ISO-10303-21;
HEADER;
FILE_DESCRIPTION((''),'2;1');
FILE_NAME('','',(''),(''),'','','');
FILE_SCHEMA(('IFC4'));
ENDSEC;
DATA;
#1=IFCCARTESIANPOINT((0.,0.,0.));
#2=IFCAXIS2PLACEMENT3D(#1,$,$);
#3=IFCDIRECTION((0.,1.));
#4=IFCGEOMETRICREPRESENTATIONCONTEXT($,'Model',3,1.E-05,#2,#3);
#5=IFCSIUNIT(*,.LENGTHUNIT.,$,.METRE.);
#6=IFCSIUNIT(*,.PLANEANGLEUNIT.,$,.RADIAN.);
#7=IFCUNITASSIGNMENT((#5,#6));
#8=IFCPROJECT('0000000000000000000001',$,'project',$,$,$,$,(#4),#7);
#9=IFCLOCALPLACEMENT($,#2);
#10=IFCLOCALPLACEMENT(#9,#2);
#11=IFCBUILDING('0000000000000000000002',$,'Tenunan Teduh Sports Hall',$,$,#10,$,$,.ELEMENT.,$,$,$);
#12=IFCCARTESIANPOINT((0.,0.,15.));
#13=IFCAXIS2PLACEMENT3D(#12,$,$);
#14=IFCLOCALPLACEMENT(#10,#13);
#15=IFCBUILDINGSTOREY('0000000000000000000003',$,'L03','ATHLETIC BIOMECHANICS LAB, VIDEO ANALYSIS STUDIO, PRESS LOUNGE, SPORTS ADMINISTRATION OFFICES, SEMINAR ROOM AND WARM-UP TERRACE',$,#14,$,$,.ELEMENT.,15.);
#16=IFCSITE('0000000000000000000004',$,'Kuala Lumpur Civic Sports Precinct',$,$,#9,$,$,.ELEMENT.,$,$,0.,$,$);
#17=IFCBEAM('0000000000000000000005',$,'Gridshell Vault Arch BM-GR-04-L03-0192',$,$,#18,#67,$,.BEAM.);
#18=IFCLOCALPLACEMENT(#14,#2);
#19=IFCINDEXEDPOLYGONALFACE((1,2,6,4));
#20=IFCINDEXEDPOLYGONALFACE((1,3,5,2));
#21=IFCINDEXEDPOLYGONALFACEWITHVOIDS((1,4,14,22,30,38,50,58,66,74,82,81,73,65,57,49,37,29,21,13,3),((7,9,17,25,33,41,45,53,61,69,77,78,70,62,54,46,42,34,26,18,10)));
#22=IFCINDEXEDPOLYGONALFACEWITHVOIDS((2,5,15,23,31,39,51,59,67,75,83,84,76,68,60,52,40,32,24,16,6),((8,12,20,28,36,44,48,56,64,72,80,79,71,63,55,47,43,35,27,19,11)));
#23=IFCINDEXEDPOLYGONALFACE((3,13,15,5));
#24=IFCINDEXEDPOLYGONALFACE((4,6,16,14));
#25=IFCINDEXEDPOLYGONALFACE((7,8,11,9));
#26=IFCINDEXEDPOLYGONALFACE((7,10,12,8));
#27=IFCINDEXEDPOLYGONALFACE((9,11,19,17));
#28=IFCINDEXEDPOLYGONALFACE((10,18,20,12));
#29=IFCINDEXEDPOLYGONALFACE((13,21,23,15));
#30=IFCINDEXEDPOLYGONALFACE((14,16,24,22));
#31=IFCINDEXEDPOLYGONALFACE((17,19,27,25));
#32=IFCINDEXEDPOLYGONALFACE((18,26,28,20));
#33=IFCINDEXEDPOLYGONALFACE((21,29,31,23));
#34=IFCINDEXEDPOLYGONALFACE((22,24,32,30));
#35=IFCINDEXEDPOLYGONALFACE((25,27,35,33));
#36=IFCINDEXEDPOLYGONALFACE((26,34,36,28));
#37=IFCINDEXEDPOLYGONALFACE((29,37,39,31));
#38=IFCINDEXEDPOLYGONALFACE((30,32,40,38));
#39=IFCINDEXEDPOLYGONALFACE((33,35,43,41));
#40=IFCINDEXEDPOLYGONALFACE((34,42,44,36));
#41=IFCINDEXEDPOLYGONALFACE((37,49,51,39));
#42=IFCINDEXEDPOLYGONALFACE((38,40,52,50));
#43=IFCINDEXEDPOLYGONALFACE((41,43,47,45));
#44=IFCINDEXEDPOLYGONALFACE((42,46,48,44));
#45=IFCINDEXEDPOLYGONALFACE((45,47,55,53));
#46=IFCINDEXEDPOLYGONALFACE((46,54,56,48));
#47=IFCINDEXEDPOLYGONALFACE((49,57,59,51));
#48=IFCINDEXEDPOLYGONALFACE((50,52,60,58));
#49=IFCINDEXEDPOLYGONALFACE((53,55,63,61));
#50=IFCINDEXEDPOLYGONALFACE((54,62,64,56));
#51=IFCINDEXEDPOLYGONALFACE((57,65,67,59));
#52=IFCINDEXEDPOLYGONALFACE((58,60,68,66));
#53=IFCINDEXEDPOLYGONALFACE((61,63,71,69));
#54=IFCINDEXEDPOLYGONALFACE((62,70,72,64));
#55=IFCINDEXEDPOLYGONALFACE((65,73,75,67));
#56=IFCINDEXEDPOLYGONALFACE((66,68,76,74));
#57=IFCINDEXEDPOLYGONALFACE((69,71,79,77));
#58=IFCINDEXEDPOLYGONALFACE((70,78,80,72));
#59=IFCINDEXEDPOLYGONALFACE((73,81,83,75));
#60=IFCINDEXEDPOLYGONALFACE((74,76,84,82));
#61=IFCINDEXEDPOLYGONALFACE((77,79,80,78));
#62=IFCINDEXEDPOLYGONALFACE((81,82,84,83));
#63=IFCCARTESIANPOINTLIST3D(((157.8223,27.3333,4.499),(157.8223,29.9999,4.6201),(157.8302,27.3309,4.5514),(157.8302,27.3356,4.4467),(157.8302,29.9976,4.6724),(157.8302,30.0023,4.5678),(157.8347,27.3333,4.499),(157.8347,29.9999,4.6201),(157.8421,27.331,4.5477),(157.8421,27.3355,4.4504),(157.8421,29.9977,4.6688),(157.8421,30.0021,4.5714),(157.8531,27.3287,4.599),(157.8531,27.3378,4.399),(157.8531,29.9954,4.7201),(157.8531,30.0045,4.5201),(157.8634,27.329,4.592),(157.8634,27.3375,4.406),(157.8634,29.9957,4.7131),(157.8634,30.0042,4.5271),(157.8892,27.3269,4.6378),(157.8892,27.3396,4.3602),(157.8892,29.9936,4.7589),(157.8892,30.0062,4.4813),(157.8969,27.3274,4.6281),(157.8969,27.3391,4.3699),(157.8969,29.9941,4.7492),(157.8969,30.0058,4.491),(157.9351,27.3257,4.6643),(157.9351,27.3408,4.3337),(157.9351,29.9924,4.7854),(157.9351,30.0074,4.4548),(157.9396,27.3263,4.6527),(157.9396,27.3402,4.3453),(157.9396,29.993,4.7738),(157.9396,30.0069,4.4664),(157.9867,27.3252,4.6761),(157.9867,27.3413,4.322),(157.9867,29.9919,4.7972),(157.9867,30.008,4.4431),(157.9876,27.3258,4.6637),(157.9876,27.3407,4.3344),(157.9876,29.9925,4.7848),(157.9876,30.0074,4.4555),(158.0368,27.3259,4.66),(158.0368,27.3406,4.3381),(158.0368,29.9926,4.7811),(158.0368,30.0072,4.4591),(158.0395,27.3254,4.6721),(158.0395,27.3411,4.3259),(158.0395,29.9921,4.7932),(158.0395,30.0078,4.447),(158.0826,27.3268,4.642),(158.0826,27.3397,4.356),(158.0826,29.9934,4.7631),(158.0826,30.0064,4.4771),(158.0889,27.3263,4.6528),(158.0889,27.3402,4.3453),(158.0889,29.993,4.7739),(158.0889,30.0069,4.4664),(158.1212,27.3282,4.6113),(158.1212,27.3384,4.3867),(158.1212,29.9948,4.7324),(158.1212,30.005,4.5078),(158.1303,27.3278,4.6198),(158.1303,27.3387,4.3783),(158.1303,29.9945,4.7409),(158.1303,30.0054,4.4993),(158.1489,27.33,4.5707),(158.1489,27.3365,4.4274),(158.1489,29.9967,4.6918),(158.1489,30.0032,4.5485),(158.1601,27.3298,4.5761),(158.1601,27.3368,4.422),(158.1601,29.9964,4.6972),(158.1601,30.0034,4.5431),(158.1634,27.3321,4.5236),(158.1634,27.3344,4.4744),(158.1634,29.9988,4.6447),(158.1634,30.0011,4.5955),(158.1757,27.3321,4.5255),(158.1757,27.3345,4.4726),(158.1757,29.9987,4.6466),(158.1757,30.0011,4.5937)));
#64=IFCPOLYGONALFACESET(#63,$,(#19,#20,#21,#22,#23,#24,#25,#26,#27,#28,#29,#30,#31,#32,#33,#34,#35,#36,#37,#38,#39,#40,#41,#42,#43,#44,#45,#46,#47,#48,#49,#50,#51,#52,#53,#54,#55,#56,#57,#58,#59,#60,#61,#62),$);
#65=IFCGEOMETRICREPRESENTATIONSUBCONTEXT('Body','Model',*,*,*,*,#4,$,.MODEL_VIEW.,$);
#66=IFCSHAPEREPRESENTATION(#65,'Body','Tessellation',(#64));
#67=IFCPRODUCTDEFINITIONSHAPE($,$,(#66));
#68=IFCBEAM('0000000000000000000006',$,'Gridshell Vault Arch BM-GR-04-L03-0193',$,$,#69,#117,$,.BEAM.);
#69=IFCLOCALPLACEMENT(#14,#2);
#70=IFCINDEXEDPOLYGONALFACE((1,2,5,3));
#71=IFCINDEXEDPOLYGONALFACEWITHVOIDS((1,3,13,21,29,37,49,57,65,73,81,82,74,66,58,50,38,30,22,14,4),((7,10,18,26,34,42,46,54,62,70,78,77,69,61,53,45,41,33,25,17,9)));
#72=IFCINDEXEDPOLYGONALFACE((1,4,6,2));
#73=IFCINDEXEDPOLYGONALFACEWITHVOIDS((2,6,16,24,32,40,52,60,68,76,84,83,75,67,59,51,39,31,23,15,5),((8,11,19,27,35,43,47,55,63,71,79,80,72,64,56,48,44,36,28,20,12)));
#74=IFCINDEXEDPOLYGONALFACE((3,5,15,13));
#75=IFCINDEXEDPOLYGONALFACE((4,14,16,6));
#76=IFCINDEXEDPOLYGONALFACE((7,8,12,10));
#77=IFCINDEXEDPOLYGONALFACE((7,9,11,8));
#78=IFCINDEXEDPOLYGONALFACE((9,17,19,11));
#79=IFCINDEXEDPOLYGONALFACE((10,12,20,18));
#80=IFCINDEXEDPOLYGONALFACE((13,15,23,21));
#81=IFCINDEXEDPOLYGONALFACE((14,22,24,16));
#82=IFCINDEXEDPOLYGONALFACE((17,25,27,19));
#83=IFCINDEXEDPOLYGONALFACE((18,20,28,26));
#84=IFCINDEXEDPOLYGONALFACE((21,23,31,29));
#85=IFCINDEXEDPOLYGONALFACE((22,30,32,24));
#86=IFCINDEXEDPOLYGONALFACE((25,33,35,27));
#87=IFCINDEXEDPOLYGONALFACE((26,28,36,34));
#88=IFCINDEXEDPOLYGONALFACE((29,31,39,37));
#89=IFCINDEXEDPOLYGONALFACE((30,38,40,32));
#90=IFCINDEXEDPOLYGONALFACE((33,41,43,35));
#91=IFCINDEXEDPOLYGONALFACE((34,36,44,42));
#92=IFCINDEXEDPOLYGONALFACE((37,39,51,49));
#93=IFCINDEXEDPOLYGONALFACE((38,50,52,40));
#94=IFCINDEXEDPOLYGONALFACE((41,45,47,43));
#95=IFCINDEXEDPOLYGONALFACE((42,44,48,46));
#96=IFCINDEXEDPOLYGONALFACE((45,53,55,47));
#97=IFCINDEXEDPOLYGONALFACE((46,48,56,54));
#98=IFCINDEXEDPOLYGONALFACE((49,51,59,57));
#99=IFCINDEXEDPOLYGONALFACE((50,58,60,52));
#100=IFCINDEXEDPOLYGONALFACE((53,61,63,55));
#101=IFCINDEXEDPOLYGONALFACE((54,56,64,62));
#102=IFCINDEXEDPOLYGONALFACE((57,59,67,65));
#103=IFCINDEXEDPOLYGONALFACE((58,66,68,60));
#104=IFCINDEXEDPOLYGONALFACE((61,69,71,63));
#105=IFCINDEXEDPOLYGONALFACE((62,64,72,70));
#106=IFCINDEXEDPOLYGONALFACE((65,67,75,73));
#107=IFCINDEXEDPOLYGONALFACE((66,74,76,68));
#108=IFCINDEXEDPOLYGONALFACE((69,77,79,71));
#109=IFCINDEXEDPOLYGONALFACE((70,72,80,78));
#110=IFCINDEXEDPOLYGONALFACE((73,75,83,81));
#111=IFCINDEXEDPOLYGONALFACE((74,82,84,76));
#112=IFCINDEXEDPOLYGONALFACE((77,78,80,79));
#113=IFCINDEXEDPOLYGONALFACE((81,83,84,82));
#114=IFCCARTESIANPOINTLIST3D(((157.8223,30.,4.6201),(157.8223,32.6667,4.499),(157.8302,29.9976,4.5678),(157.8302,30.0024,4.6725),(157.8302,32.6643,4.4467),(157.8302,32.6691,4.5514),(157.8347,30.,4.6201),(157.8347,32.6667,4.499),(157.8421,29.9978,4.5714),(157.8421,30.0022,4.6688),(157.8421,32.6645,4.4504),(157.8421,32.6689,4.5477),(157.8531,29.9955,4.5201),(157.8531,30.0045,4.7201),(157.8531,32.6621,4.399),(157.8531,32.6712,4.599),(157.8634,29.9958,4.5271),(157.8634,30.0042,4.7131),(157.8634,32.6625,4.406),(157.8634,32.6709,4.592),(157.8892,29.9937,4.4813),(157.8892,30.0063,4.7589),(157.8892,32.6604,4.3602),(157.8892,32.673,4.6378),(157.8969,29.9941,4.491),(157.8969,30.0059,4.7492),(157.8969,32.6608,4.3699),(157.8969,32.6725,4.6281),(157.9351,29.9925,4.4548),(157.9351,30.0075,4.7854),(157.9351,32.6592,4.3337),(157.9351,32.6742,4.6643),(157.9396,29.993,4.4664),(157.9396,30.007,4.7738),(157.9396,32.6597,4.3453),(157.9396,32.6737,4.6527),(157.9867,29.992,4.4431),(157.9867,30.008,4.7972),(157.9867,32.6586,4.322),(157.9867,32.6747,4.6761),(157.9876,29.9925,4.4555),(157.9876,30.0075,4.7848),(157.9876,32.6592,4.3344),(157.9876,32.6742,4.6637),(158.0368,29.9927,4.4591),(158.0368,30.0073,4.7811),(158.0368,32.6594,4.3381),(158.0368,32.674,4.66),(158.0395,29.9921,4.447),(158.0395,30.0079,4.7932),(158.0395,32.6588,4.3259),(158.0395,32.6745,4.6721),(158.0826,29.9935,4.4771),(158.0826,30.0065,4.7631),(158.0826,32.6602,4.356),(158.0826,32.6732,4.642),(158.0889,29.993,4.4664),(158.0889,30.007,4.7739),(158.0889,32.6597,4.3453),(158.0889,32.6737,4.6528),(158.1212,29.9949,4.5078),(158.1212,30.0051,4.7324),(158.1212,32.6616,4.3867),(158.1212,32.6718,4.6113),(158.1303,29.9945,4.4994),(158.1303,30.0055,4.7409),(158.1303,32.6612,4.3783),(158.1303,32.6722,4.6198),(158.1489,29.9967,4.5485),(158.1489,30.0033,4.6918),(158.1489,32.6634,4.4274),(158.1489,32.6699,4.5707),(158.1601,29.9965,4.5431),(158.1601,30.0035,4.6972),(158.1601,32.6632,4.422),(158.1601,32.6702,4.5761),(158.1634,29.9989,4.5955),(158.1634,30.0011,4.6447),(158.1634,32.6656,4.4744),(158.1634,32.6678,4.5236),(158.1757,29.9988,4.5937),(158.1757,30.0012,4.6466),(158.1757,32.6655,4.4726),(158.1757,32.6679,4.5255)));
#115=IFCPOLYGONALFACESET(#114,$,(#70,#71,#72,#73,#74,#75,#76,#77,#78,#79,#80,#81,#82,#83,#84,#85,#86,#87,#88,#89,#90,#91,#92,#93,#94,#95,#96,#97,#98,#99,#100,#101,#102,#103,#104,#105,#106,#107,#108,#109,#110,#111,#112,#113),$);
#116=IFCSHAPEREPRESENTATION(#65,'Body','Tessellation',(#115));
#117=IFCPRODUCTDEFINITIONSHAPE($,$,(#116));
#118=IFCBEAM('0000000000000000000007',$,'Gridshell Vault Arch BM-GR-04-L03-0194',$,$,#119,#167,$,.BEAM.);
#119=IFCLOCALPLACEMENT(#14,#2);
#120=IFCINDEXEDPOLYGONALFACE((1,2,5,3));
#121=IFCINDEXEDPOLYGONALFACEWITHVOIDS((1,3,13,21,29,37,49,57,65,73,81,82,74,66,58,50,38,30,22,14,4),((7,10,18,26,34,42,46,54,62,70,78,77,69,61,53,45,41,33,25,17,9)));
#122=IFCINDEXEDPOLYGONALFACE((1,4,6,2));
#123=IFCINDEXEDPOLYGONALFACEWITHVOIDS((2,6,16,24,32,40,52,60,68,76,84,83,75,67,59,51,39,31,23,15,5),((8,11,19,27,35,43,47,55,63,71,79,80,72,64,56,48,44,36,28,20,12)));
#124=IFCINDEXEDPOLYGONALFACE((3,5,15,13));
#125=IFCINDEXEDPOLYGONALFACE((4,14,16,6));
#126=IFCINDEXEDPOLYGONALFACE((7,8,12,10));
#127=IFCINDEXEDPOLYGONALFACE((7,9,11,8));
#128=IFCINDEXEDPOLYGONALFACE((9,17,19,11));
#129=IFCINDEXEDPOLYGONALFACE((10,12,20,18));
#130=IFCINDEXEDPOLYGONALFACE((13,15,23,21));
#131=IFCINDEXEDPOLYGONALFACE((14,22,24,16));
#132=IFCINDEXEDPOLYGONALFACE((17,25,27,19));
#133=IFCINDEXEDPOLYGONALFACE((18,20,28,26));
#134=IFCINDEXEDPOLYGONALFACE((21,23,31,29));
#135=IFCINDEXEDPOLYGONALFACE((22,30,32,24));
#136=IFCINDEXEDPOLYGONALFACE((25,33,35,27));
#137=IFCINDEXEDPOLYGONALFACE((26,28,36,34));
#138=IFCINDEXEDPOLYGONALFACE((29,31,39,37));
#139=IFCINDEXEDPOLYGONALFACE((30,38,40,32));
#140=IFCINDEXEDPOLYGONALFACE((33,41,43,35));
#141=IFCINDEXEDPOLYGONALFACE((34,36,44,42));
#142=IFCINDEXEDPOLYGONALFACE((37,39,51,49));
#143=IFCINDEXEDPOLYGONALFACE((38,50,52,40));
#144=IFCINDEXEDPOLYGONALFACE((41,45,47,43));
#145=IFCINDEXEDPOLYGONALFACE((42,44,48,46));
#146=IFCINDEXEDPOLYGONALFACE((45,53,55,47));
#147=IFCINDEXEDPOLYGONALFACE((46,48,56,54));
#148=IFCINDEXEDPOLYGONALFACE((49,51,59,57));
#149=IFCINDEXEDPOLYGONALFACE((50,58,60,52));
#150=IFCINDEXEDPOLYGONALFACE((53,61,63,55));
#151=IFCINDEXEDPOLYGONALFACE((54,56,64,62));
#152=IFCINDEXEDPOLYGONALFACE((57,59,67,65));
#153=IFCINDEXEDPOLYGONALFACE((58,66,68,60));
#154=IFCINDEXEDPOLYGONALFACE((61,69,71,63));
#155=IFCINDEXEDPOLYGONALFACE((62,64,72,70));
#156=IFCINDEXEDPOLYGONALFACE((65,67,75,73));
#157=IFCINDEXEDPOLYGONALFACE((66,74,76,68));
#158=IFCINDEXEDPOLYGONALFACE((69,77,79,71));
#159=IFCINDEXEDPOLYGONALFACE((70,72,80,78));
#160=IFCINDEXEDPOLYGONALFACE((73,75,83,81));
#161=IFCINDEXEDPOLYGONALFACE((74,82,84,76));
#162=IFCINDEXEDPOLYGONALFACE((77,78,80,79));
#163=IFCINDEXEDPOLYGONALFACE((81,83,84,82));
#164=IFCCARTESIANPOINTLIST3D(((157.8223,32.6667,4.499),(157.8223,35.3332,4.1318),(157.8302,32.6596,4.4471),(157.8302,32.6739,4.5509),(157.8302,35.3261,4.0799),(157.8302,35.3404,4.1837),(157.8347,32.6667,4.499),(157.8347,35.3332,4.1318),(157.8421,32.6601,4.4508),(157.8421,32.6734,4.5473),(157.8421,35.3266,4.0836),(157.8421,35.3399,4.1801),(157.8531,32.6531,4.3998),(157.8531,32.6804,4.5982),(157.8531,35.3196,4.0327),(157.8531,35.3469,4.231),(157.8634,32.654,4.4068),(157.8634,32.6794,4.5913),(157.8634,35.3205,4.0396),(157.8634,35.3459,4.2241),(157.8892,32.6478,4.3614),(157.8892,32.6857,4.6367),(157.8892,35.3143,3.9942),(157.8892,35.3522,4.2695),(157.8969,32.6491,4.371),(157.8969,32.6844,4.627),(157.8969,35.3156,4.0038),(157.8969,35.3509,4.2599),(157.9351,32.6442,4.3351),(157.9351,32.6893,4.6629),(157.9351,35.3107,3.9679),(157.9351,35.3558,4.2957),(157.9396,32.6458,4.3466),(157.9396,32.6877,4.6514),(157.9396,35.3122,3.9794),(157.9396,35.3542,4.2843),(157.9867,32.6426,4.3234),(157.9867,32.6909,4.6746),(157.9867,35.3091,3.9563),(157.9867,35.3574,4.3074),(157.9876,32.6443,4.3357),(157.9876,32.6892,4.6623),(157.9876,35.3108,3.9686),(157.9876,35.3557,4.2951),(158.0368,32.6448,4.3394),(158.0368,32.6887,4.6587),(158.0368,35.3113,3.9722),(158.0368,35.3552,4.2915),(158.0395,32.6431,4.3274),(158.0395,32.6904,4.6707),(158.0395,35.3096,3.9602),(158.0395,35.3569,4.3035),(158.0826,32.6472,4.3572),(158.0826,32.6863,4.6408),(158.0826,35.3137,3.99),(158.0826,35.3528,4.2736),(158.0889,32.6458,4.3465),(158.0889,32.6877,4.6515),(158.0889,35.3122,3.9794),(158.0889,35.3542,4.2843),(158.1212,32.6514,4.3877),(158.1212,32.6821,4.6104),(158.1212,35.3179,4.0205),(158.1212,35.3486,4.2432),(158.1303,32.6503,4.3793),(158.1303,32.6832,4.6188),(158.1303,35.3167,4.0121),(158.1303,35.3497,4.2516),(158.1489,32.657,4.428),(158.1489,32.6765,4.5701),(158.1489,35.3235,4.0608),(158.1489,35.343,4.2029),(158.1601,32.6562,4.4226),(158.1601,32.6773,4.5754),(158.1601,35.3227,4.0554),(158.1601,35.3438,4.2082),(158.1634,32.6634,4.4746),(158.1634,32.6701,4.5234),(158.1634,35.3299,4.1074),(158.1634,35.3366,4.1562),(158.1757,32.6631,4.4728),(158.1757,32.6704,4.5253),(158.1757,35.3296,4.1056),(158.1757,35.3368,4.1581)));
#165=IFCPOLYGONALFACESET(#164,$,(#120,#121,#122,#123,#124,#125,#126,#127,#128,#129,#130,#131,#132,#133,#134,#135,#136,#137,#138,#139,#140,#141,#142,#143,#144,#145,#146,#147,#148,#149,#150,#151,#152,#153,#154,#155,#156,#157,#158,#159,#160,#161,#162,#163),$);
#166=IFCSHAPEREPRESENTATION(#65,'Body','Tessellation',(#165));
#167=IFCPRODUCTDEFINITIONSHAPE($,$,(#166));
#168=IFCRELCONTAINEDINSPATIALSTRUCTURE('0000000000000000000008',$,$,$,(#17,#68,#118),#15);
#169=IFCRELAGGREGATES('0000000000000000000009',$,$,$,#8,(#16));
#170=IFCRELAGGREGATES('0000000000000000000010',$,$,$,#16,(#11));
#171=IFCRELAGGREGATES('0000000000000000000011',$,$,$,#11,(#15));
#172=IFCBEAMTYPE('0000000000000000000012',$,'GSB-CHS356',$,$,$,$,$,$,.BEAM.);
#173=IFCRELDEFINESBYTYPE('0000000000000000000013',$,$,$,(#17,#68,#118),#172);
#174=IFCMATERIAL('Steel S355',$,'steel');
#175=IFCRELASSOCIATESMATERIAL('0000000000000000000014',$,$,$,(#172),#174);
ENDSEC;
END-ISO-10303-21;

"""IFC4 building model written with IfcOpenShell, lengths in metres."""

from ifc_helpers import new_model, si_unit, direction, frame, origin, origin_2d, place, context, subcontext, project, spatial, hollow_circle, extrude, material, material_profile, profile_set, type_object, element, save


model = new_model("IFC4")

# Units and contexts
model_context = context("Model", 3, precision=1e-05, world=origin(), true_north=direction((0.0, 1.0)))
body_context = subcontext(model_context, "Body", "Model", "MODEL_VIEW")
ifc_project = project(units=[si_unit("LENGTHUNIT", "METRE"), si_unit("PLANEANGLEUNIT", "RADIAN")], contexts=[model_context])

# Site, building, storey
site_placement = place(None, origin())
site = spatial("IfcSite", under=ifc_project, at=site_placement, Name="Kuala Lumpur Civic Sports Precinct", CompositionType="ELEMENT", RefElevation=0.0)
building_placement = place(site_placement, origin())
building = spatial("IfcBuilding", under=site, at=building_placement, Name="Tenunan Teduh Sports Hall", CompositionType="ELEMENT")
storey_placement = place(building_placement, frame((0.0, 0.0, 15.0)))
storey = spatial("IfcBuildingStorey", under=building, at=storey_placement, Name="L03", Description="ATHLETIC BIOMECHANICS LAB, VIDEO ANALYSIS STUDIO, PRESS LOUNGE, SPORTS ADMINISTRATION OFFICES, SEMINAR ROOM AND WARM-UP TERRACE", CompositionType="ELEMENT", Elevation=15.0)

# Beams
ifc_material_1 = material(Name="Steel S355", Category="steel")
ifc_material_profile_1 = material_profile(ifc_material_1, hollow_circle(Radius=0.1777, WallThickness=0.0125, at=origin_2d()), Name="CHS 355.6x12.5")
ifc_profile_set_1 = profile_set([ifc_material_profile_1], Name="Steel S355")
beam_type_1 = type_object("IfcBeamType", Name="GSB-CHS356", PredefinedType="BEAM", material=ifc_profile_set_1)
for number, where, z_axis, x_axis, name in (
    (1, (158.0, 27.3333, 4.499), (0.0, 0.998971, 0.045362), (-1.0, 0.0, 0.0), "Gridshell Vault Arch BM-GR-04-L03-0192"),
    (2, (158.0, 30.0, 4.6201), (0.0, 0.998971, -0.045362), (-1.0, 0.0, 0.0), "Gridshell Vault Arch BM-GR-04-L03-0193"),
):
    element("IfcBeam", number, at=place(storey_placement, frame(where, z_axis=z_axis, x_axis=x_axis)), inside=storey, type_object=beam_type_1, Name=name, PredefinedType="BEAM", context=body_context, shape_type="SweptSolid", body=[
        extrude(hollow_circle(Radius=0.1777, WallThickness=0.0125, at=origin_2d()), origin(), (0.0, 0.0, 1.0), 2.6694),
    ])
beam_1_placement = place(storey_placement, frame((158.0, 32.6667, 4.499), z_axis=(0.0, 0.990652, -0.136416), x_axis=(-1.0, 0.0, 0.0)))
element("IfcBeam", 3, at=beam_1_placement, inside=storey, type_object=beam_type_1, Name="Gridshell Vault Arch BM-GR-04-L03-0194", PredefinedType="BEAM", context=body_context, shape_type="SweptSolid", body=[
    extrude(hollow_circle(Radius=0.1777, WallThickness=0.0125, at=origin_2d()), origin(), (0.0, 0.0, 1.0), 2.6917),
])

save(model, "model.ifc")
